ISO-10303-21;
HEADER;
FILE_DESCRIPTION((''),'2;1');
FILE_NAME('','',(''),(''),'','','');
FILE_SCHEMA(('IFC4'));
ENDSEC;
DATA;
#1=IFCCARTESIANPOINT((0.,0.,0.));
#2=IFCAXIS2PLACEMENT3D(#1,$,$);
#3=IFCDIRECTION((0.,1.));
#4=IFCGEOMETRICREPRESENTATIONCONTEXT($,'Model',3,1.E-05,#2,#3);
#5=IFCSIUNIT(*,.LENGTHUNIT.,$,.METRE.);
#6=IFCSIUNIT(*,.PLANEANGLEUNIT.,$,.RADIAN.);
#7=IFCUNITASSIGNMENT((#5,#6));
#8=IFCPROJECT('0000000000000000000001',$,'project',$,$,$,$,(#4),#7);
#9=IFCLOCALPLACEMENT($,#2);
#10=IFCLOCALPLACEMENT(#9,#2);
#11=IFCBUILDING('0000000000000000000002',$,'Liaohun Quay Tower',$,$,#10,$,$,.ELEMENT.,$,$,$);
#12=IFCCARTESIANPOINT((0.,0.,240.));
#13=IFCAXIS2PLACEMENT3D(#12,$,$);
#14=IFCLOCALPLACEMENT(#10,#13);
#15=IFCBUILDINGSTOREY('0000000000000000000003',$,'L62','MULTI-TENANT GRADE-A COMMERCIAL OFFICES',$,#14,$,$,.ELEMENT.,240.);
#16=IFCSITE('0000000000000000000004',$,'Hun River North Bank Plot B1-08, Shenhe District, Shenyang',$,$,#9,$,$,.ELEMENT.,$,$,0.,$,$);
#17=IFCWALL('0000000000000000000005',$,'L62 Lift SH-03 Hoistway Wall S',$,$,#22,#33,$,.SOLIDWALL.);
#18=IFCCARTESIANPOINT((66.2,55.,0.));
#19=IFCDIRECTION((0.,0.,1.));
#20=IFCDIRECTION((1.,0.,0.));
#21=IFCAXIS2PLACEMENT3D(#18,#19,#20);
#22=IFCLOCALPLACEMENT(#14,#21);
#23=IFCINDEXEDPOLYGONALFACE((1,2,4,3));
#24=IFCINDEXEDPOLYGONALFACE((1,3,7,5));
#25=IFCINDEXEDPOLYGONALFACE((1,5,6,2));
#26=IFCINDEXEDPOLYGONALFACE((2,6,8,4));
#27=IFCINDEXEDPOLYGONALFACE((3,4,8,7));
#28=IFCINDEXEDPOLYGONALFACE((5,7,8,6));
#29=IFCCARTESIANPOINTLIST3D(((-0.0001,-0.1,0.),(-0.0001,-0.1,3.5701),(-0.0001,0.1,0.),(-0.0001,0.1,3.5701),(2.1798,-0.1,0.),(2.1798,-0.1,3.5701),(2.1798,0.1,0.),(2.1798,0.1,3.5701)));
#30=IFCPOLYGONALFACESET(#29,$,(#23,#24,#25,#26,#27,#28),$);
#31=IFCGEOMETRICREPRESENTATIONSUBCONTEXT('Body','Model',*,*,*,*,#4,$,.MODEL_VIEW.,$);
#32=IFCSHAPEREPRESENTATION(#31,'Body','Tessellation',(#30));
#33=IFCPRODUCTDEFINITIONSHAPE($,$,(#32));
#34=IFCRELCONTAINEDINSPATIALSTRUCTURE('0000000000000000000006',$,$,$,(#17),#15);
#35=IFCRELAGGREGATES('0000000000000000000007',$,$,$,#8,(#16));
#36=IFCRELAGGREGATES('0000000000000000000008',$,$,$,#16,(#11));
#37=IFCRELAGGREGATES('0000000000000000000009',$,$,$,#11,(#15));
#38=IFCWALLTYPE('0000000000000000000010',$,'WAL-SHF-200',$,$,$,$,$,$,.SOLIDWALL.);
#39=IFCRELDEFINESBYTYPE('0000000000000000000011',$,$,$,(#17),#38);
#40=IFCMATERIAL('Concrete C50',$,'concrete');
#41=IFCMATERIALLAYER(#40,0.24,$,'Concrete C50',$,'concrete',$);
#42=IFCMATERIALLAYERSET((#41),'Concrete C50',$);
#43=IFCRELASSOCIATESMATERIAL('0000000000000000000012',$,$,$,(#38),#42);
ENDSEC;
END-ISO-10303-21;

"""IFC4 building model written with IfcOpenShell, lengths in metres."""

from ifc_helpers import new_model, si_unit, direction, frame, frame_2d, origin, place, context, subcontext, project, spatial, rectangle, extrude, material, layer, layer_set, type_object, element, save


model = new_model("IFC4")

# Units and contexts
model_context = context("Model", 3, precision=1e-05, world=origin(), true_north=direction((0.0, 1.0)))
body_context = subcontext(model_context, "Body", "Model", "MODEL_VIEW")
ifc_project = project(units=[si_unit("LENGTHUNIT", "METRE"), si_unit("PLANEANGLEUNIT", "RADIAN")], contexts=[model_context])

# Site, building, storey
site_placement = place(None, origin())
site = spatial("IfcSite", under=ifc_project, at=site_placement, Name="Hun River North Bank Plot B1-08, Shenhe District, Shenyang", CompositionType="ELEMENT", RefElevation=0.0)
building_placement = place(site_placement, origin())
building = spatial("IfcBuilding", under=site, at=building_placement, Name="Liaohun Quay Tower", CompositionType="ELEMENT")
storey_placement = place(building_placement, frame((0.0, 0.0, 240.0)))
storey = spatial("IfcBuildingStorey", under=building, at=storey_placement, Name="L62", Description="MULTI-TENANT GRADE-A COMMERCIAL OFFICES", CompositionType="ELEMENT", Elevation=240.0)

# Shared definitions
ifc_material_1 = material(Name="Concrete C50", Category="concrete")
ifc_layer_1 = layer(ifc_material_1, 0.24, Name="Concrete C50", Category="concrete")
ifc_layer_set_1 = layer_set([ifc_layer_1], Name="Concrete C50")
wall_type_1 = type_object("IfcWallType", Name="WAL-SHF-200", PredefinedType="SOLIDWALL", material=ifc_layer_set_1)

# Wall
wall_1_placement = place(storey_placement, frame((66.2, 55.0, 0.0), z_axis=(0.0, 0.0, 1.0), x_axis=(1.0, 0.0, 0.0)))
element("IfcWall", 1, at=wall_1_placement, inside=storey, type_object=wall_type_1, Name="L62 Lift SH-03 Hoistway Wall S", PredefinedType="SOLIDWALL", context=body_context, shape_type="SweptSolid", body=[
    extrude(rectangle(XDim=2.1799, YDim=0.2, at=frame_2d((1.0898, 0.0))), origin(), (0.0, 0.0, 1.0), 3.5701),
])

save(model, "model.ifc")
